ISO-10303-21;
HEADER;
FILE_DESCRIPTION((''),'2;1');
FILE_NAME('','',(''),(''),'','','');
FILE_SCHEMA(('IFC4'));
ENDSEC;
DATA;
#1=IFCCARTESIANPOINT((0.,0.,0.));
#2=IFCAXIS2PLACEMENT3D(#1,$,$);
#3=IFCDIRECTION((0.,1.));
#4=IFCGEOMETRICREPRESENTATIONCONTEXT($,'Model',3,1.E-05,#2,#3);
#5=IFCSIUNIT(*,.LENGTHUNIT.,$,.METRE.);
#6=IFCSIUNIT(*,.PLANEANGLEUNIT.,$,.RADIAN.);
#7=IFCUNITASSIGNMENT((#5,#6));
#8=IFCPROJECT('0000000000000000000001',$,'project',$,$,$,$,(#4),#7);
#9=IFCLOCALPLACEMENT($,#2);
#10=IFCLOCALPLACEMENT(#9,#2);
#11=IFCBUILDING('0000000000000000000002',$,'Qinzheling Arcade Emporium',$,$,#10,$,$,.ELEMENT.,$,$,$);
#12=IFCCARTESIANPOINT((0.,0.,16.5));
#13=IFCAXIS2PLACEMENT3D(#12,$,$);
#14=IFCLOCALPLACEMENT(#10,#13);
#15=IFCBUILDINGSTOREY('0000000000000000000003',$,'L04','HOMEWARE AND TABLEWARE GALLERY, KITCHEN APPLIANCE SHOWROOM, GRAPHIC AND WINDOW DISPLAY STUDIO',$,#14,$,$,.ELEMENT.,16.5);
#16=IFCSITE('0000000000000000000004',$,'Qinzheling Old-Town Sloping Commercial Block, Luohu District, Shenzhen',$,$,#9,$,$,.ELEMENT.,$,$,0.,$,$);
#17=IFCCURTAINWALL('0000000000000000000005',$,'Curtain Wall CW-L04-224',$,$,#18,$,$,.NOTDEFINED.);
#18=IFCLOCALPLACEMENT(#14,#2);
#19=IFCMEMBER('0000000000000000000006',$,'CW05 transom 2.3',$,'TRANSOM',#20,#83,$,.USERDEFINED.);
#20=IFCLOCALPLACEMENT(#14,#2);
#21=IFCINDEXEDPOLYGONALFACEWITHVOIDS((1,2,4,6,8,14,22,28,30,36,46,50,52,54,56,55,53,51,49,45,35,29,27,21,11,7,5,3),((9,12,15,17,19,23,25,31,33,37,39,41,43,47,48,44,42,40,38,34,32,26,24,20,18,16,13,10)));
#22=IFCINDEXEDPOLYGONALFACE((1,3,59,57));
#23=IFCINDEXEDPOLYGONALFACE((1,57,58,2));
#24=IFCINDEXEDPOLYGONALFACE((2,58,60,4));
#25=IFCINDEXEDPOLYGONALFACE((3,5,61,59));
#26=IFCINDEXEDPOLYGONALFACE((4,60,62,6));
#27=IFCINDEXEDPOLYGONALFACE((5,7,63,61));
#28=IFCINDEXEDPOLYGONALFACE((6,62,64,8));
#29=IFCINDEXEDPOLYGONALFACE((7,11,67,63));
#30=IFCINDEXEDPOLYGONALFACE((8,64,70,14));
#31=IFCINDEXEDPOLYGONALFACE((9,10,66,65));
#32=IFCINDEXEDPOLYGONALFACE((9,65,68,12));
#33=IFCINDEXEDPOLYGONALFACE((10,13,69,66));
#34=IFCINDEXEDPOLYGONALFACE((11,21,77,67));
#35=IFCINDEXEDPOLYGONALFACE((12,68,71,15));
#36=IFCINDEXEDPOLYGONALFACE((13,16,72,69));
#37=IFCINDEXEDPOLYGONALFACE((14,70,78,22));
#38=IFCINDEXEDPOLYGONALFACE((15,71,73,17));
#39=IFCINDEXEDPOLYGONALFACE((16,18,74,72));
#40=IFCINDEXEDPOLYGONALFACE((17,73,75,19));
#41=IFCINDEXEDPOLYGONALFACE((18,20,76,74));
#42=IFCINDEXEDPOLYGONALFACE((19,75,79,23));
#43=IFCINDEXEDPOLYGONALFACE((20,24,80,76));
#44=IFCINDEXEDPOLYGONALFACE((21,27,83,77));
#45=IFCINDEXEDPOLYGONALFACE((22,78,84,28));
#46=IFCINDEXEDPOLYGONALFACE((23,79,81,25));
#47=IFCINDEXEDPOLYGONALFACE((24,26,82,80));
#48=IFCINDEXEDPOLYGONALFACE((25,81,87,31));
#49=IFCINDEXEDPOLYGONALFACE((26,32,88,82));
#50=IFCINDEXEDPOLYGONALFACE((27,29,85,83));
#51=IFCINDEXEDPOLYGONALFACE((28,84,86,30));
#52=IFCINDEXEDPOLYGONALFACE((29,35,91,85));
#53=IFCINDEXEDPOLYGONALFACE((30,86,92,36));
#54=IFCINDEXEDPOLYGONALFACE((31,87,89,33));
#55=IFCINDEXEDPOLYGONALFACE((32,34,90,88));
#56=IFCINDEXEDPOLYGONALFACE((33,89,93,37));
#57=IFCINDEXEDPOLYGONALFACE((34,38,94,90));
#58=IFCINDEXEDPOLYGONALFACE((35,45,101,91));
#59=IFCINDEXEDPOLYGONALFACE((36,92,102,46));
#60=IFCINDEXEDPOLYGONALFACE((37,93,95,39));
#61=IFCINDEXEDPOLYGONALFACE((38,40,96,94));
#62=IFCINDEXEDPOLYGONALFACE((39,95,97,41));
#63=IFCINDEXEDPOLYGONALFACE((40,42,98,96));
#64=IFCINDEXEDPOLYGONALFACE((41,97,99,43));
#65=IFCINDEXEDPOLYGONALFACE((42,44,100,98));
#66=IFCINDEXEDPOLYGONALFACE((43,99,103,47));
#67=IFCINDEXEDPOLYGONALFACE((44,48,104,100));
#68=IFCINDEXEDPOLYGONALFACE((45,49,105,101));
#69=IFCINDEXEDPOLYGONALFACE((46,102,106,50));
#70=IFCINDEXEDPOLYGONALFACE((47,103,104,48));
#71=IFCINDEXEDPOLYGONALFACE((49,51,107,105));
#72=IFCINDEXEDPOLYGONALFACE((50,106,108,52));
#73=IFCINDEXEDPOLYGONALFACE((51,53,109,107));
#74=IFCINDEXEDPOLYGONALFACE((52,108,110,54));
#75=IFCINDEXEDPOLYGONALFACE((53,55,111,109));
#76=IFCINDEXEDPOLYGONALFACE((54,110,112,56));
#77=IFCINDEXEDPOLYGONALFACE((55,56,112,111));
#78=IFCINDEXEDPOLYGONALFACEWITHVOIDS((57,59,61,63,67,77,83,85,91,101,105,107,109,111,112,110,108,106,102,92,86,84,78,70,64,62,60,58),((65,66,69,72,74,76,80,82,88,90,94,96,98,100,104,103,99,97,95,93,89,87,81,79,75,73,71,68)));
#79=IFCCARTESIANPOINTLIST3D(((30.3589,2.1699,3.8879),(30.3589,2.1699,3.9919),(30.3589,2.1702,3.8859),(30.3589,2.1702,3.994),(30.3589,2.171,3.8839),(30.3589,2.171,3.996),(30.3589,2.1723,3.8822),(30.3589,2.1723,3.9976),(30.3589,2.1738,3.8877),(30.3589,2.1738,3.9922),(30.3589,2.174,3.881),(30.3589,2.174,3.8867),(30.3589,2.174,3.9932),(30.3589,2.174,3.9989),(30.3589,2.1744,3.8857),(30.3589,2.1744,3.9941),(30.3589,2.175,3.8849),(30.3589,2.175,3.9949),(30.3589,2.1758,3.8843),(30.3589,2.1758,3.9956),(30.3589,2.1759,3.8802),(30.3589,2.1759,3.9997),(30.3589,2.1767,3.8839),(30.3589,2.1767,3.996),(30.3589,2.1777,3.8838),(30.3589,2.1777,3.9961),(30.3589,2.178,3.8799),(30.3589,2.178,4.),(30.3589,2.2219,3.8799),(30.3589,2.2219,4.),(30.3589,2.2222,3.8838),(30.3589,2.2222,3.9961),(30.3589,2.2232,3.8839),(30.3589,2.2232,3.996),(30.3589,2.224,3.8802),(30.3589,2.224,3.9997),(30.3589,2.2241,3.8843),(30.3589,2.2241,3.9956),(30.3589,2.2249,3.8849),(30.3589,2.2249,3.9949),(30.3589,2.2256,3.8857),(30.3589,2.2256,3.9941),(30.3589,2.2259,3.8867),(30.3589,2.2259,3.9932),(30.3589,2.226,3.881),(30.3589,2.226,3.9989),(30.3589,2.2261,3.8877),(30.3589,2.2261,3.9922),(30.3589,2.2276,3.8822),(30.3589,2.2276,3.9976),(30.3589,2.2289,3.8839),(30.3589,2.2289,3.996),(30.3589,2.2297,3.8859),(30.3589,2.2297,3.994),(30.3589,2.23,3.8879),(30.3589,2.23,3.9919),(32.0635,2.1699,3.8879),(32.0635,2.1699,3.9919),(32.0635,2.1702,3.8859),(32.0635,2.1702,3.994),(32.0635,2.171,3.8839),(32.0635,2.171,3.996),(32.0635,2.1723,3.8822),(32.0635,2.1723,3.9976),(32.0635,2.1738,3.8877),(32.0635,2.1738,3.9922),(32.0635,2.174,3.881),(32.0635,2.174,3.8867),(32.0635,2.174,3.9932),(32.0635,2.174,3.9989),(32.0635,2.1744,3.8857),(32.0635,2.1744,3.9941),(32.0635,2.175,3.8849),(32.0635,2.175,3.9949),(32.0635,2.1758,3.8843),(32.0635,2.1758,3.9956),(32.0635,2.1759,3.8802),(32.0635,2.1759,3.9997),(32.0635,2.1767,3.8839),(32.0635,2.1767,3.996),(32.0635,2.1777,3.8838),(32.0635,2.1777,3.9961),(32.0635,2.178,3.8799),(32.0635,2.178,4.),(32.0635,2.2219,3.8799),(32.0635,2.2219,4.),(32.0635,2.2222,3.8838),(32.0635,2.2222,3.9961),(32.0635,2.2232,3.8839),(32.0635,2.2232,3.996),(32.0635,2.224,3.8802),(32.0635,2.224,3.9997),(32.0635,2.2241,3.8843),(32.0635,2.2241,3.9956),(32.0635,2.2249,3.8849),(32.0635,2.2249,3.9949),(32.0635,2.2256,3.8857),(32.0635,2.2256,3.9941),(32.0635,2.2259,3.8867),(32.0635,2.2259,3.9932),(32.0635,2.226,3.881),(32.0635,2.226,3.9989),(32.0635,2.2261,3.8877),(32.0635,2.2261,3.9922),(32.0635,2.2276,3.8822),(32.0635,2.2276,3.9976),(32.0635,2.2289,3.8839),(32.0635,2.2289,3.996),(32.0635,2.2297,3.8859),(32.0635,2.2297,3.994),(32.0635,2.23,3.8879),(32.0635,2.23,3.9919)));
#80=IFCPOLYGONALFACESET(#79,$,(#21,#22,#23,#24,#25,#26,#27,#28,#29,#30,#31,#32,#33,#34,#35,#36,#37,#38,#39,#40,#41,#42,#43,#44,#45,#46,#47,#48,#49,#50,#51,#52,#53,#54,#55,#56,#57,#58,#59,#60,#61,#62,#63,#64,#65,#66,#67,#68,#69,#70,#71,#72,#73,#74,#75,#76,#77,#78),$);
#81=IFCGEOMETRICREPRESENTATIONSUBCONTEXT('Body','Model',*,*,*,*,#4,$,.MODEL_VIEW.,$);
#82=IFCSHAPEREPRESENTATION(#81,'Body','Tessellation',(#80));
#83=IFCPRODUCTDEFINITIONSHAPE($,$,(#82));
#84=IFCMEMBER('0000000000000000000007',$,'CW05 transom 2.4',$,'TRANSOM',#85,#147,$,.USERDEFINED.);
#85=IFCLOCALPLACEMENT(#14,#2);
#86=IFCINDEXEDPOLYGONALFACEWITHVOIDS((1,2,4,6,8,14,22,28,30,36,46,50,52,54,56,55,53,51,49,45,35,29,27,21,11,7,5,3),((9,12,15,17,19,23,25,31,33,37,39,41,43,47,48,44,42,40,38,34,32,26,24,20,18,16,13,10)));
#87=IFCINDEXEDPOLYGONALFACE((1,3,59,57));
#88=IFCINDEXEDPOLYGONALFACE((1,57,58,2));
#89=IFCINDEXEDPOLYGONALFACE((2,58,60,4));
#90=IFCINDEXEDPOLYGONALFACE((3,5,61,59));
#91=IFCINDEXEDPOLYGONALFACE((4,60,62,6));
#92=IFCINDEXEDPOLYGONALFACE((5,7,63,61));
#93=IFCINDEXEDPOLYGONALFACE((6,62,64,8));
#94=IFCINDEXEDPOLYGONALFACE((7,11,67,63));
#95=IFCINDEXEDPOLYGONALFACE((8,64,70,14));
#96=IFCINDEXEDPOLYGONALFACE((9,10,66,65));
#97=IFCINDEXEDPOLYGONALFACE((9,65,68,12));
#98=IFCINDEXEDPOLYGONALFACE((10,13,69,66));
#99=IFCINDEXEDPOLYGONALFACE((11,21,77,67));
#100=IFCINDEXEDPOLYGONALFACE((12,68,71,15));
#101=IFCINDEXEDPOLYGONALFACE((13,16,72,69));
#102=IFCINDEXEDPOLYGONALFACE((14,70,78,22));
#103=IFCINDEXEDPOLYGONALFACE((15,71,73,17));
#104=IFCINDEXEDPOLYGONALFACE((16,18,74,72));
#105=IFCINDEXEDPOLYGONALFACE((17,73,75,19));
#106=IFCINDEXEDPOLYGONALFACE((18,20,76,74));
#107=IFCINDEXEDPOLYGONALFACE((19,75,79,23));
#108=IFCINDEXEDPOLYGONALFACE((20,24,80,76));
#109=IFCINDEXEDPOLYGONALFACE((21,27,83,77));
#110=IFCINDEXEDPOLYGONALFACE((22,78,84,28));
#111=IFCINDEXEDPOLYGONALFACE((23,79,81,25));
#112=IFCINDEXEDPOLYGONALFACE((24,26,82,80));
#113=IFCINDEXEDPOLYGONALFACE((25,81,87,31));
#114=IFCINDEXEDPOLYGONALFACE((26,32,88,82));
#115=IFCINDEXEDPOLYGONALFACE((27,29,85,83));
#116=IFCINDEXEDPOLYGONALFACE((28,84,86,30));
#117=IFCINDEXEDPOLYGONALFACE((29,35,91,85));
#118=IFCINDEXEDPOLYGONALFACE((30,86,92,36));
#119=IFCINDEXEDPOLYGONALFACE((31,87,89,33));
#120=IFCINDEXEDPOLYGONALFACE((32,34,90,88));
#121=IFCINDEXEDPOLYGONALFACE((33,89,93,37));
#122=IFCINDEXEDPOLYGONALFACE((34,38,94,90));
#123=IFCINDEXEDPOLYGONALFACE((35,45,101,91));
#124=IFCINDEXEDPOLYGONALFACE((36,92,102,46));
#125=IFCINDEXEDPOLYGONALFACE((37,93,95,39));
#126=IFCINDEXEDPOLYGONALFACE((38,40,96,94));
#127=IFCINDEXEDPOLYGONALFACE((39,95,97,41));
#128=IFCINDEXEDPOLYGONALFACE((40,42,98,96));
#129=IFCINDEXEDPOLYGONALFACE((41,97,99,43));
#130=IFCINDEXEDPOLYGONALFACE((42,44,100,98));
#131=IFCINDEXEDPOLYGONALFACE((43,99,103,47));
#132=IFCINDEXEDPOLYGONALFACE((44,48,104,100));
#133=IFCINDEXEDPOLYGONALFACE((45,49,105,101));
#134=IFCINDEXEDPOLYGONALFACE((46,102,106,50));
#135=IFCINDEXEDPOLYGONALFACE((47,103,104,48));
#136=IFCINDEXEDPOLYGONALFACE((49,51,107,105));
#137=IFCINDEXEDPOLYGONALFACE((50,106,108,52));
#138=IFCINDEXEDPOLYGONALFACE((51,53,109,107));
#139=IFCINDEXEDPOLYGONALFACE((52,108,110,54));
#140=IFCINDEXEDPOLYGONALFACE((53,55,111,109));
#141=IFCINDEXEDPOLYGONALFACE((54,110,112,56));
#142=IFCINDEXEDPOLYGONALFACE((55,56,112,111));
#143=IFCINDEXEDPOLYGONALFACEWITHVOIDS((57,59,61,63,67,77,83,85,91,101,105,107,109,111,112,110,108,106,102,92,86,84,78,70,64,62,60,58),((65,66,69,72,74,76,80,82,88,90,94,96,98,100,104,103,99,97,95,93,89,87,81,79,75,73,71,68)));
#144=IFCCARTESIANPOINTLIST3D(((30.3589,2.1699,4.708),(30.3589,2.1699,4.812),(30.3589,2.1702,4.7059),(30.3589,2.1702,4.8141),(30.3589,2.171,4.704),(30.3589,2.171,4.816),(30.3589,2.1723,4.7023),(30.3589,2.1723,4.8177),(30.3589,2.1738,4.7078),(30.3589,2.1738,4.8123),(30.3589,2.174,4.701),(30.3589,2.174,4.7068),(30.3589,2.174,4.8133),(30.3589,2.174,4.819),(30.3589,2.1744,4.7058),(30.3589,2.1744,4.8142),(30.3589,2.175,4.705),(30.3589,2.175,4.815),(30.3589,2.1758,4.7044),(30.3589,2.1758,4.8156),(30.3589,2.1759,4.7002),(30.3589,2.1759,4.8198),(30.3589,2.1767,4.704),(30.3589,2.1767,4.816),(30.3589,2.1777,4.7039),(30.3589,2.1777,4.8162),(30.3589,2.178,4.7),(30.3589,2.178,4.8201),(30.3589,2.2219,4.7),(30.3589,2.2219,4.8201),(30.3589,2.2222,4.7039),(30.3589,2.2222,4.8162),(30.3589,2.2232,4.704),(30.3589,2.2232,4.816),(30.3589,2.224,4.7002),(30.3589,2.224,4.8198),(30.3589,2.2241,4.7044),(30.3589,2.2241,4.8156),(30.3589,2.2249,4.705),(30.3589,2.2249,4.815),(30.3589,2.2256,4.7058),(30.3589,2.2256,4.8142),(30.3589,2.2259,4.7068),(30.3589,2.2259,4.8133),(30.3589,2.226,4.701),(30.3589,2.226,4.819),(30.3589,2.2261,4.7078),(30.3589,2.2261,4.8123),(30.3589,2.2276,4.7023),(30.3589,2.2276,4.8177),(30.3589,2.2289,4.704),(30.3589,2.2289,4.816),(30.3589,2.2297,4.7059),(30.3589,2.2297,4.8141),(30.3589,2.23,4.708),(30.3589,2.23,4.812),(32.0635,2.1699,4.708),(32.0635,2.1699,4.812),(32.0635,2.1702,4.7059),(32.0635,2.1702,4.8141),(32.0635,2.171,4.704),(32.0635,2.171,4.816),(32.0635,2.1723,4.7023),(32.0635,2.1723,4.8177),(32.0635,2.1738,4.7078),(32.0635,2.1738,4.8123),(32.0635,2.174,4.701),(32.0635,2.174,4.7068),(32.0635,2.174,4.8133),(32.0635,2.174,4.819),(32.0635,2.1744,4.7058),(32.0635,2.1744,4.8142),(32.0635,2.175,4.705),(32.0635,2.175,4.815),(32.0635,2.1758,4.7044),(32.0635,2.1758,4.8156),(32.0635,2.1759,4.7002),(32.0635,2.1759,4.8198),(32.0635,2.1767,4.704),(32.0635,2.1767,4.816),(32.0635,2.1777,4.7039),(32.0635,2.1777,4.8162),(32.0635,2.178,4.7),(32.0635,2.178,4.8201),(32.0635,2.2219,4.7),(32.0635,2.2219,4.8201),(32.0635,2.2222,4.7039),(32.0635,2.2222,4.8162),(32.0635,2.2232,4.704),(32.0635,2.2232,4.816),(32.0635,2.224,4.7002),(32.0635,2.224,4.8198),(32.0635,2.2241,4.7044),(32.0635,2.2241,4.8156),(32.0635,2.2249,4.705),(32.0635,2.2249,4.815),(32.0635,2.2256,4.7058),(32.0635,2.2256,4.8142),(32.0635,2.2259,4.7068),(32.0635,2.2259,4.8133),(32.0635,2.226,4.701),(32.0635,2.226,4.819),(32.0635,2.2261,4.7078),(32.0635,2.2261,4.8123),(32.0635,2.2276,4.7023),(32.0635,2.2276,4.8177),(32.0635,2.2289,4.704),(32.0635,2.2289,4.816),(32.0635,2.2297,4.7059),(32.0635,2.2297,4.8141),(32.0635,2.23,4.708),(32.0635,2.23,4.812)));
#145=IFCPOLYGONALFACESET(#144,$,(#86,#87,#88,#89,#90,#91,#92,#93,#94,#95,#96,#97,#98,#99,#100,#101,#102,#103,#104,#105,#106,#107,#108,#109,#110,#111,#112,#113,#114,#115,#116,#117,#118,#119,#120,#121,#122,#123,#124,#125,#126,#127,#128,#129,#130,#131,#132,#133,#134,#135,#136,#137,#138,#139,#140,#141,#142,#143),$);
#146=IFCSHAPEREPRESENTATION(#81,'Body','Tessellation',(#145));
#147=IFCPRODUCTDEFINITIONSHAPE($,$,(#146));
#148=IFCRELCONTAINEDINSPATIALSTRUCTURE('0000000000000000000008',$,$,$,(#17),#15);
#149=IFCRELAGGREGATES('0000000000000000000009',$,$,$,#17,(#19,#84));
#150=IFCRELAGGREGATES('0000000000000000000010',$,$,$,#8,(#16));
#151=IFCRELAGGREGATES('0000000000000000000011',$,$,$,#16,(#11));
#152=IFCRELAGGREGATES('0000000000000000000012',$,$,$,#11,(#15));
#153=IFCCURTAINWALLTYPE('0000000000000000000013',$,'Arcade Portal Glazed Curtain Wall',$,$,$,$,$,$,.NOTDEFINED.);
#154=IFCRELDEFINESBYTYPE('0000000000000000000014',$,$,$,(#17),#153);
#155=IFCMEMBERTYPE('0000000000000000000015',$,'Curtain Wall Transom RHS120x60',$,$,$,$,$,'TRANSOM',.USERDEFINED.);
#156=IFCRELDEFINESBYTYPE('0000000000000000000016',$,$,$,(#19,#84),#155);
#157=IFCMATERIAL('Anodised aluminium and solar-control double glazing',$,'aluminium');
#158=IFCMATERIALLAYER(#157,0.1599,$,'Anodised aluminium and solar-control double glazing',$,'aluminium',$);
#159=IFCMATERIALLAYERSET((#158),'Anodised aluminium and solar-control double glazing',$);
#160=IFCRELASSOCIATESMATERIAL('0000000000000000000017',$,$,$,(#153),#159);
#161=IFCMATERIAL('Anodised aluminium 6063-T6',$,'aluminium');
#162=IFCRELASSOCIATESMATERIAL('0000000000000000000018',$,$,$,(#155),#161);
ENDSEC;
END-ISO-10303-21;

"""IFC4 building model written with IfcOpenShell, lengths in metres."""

from ifc_helpers import new_model, si_unit, direction, frame, origin, origin_2d, place, context, subcontext, project, spatial, hollow_rectangle, extrude, material, layer, layer_set, material_profile, profile_set, type_object, element, aggregate, save


model = new_model("IFC4")

# Units and contexts
model_context = context("Model", 3, precision=1e-05, world=origin(), true_north=direction((0.0, 1.0)))
body_context = subcontext(model_context, "Body", "Model", "MODEL_VIEW")
ifc_project = project(units=[si_unit("LENGTHUNIT", "METRE"), si_unit("PLANEANGLEUNIT", "RADIAN")], contexts=[model_context])

# Site, building, storey
site_placement = place(None, origin())
site = spatial("IfcSite", under=ifc_project, at=site_placement, Name="Qinzheling Old-Town Sloping Commercial Block, Luohu District, Shenzhen", CompositionType="ELEMENT", RefElevation=0.0)
building_placement = place(site_placement, origin())
building = spatial("IfcBuilding", under=site, at=building_placement, Name="Qinzheling Arcade Emporium", CompositionType="ELEMENT")
storey_placement = place(building_placement, frame((0.0, 0.0, 16.5)))
storey = spatial("IfcBuildingStorey", under=building, at=storey_placement, Name="L04", Description="HOMEWARE AND TABLEWARE GALLERY, KITCHEN APPLIANCE SHOWROOM, GRAPHIC AND WINDOW DISPLAY STUDIO", CompositionType="ELEMENT", Elevation=16.5)

# Shared definitions
ifc_material_1 = material(Name="Anodised aluminium and solar-control double glazing", Category="aluminium")
ifc_layer_1 = layer(ifc_material_1, 0.1599, Name="Anodised aluminium and solar-control double glazing", Category="aluminium")
ifc_layer_set_1 = layer_set([ifc_layer_1], Name="Anodised aluminium and solar-control double glazing")
curtain_wall_type = type_object("IfcCurtainWallType", Name="Arcade Portal Glazed Curtain Wall", PredefinedType="NOTDEFINED", material=ifc_layer_set_1)
ifc_material_2 = material(Name="Anodised aluminium 6063-T6", Category="aluminium")

# Curtain wall
curtain_wall_1_placement = place(storey_placement, origin())
curtain_wall_1 = element("IfcCurtainWall", 1, at=curtain_wall_1_placement, inside=storey, type_object=curtain_wall_type, Name="Curtain Wall CW-L04-224", PredefinedType="NOTDEFINED")

# Members
ifc_material_profile_1 = material_profile(ifc_material_2, hollow_rectangle(XDim=0.0601, YDim=0.1201, WallThickness=0.0039, InnerFilletRadius=0.0039, OuterFilletRadius=0.0081, at=origin_2d()), Name="RHS 120x60x4", Category="aluminium")
ifc_profile_set_1 = profile_set([ifc_material_profile_1], Name="Anodised aluminium 6063-T6")
member_type_1 = type_object("IfcMemberType", Name="Curtain Wall Transom RHS120x60", ElementType="TRANSOM", PredefinedType="USERDEFINED", material=ifc_profile_set_1)
member_1_placement = place(storey_placement, frame((32.0635, 2.2, 3.9399), z_axis=(-1.0, 0.0, 0.0), x_axis=(0.0, -1.0, 0.0)))
member_1 = element("IfcMember", 2, at=member_1_placement, type_object=member_type_1, Name="CW05 transom 2.3", ObjectType="TRANSOM", PredefinedType="USERDEFINED", context=body_context, shape_type="SweptSolid", body=[
    extrude(hollow_rectangle(XDim=0.0601, YDim=0.1201, WallThickness=0.0039, InnerFilletRadius=0.0039, OuterFilletRadius=0.0081, at=origin_2d()), origin(), (0.0, 0.0, 1.0), 1.7046),
])
member_2_placement = place(storey_placement, frame((32.0635, 2.2, 4.76), z_axis=(-1.0, 0.0, 0.0), x_axis=(0.0, -1.0, 0.0)))
member_2 = element("IfcMember", 3, at=member_2_placement, type_object=member_type_1, Name="CW05 transom 2.4", ObjectType="TRANSOM", PredefinedType="USERDEFINED", context=body_context, shape_type="SweptSolid", body=[
    extrude(hollow_rectangle(XDim=0.0601, YDim=0.1201, WallThickness=0.0039, InnerFilletRadius=0.0039, OuterFilletRadius=0.0081, at=origin_2d()), origin(), (0.0, 0.0, 1.0), 1.7046),
])

aggregate(curtain_wall_1, [member_1, member_2])

save(model, "model.ifc")
